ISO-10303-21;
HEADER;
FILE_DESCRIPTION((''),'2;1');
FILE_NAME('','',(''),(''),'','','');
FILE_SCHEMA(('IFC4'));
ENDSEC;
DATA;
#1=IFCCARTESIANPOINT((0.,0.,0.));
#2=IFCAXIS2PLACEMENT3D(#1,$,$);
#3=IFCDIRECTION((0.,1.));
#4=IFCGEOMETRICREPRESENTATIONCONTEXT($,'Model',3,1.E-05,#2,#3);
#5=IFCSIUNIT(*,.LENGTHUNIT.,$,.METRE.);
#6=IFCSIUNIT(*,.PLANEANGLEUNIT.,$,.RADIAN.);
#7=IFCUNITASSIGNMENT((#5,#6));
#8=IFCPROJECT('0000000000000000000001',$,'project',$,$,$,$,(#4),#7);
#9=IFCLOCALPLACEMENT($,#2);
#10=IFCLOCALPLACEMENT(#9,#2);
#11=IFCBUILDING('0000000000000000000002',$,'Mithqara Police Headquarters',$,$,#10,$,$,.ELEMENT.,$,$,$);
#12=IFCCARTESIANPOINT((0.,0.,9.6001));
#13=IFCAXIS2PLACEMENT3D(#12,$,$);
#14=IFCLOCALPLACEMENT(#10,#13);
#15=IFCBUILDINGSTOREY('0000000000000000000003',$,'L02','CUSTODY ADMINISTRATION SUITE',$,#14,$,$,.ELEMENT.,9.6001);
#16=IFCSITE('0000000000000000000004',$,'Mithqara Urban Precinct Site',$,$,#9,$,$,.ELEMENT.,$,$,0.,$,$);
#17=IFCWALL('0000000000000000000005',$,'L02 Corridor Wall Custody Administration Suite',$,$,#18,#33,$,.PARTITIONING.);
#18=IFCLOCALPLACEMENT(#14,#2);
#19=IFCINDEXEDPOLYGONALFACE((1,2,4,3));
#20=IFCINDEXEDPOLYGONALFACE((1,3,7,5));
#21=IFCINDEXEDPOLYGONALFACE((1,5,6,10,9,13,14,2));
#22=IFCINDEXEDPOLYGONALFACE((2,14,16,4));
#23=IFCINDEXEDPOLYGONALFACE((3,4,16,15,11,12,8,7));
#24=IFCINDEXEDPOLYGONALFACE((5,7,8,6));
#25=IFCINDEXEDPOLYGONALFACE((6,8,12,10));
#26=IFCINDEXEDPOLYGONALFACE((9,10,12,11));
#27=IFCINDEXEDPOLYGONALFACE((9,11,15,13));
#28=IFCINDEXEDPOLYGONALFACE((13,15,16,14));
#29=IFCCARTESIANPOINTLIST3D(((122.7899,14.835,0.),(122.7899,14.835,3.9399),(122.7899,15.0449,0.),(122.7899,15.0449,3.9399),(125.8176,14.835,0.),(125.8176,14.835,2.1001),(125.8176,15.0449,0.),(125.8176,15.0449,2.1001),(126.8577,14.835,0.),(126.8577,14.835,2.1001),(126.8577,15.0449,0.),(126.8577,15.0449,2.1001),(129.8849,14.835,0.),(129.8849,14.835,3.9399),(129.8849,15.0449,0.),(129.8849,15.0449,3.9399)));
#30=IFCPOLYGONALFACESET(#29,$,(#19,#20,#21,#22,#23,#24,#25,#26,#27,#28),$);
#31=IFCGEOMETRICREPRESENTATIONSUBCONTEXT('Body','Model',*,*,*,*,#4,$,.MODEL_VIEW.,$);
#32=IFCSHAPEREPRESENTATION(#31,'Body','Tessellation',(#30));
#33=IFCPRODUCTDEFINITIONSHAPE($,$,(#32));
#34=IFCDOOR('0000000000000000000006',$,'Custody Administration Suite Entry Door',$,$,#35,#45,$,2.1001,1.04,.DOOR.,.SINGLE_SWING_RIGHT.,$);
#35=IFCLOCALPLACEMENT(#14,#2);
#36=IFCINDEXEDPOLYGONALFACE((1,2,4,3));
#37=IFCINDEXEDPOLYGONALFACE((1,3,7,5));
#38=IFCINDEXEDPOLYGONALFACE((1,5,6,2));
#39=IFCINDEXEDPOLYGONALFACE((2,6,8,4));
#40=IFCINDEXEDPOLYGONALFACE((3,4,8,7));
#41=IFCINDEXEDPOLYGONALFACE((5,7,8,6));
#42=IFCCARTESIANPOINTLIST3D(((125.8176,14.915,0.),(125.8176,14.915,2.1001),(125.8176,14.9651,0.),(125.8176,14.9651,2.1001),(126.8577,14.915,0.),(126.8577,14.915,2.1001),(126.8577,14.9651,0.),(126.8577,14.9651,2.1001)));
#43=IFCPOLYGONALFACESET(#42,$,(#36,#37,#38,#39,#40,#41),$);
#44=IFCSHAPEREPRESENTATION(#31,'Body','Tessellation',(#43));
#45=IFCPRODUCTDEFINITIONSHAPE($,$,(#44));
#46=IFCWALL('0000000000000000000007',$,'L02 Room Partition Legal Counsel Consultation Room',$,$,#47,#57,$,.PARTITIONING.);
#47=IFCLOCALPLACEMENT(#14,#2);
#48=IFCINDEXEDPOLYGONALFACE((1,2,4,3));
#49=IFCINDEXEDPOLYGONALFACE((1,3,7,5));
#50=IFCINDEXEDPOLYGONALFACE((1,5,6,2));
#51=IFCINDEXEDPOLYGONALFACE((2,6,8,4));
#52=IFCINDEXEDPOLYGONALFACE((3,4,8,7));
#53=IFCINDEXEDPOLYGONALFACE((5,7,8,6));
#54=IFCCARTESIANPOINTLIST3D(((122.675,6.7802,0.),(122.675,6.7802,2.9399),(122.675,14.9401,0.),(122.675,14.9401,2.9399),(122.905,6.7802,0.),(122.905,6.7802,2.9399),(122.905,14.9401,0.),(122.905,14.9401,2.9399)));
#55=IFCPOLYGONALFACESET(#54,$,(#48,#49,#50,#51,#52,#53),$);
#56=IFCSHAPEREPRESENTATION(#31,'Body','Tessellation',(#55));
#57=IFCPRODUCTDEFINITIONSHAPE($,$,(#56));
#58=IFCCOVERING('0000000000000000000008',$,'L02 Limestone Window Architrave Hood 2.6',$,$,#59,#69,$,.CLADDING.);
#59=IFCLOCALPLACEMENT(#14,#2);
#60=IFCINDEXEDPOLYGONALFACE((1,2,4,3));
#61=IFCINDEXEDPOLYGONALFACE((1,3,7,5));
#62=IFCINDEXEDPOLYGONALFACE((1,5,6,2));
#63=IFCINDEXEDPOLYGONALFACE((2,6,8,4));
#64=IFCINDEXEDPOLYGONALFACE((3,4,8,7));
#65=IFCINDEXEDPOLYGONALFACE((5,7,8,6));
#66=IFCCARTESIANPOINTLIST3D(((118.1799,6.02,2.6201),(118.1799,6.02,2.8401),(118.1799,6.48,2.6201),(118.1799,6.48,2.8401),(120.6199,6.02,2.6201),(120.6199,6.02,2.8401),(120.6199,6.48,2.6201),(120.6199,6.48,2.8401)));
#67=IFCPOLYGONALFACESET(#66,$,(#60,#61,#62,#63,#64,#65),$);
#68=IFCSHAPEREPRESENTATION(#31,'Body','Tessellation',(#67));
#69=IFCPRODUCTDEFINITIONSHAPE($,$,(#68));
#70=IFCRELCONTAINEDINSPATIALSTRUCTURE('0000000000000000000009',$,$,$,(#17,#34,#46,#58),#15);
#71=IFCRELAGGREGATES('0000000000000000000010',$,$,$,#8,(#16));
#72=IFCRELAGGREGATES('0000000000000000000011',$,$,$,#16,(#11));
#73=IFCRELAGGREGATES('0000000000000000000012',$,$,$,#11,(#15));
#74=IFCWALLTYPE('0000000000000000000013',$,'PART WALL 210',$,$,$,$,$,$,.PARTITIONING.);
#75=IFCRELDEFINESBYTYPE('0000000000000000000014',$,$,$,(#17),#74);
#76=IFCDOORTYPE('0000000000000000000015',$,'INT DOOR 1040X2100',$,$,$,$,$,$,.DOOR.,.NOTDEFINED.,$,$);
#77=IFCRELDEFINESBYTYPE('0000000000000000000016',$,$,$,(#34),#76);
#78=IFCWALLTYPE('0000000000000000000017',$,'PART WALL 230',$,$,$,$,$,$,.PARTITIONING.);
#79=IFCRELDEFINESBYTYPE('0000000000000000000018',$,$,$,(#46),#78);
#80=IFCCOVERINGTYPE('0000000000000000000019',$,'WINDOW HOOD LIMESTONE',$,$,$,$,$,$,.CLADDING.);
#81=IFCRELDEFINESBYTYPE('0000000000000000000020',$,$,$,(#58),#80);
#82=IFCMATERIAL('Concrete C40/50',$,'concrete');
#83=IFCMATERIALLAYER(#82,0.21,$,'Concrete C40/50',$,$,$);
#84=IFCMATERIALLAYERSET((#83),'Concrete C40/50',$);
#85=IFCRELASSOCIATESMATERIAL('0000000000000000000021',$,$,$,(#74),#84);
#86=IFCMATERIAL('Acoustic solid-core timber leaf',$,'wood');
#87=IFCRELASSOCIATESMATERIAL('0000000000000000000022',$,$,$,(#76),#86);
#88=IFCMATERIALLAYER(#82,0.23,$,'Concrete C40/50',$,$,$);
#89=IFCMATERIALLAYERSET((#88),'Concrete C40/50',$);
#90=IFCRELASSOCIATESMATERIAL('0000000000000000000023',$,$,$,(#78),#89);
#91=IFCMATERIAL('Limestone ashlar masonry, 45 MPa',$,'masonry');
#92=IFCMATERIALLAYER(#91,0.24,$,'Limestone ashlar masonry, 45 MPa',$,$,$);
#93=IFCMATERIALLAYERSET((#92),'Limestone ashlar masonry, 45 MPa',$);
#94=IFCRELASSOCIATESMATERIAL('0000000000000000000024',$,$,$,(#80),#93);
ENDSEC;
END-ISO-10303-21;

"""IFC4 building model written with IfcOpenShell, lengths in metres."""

from ifc_helpers import new_model, si_unit, direction, frame, frame_2d, origin, origin_2d, place, context, subcontext, project, spatial, rectangle, extrude, material, layer, layer_set, type_object, element, fill, save


model = new_model("IFC4")

# Units and contexts
model_context = context("Model", 3, precision=1e-05, world=origin(), true_north=direction((0.0, 1.0)))
body_context = subcontext(model_context, "Body", "Model", "MODEL_VIEW")
ifc_project = project(units=[si_unit("LENGTHUNIT", "METRE"), si_unit("PLANEANGLEUNIT", "RADIAN")], contexts=[model_context])

# Site, building, storey
site_placement = place(None, origin())
site = spatial("IfcSite", under=ifc_project, at=site_placement, Name="Mithqara Urban Precinct Site", CompositionType="ELEMENT", RefElevation=0.0)
building_placement = place(site_placement, origin())
building = spatial("IfcBuilding", under=site, at=building_placement, Name="Mithqara Police Headquarters", CompositionType="ELEMENT")
storey_placement = place(building_placement, frame((0.0, 0.0, 9.6001)))
storey = spatial("IfcBuildingStorey", under=building, at=storey_placement, Name="L02", Description="CUSTODY ADMINISTRATION SUITE", CompositionType="ELEMENT", Elevation=9.6001)

# Shared definitions
ifc_material_1 = material(Name="Concrete C40/50", Category="concrete")

# Wall, opening, door
ifc_layer_1 = layer(ifc_material_1, 0.21, Name="Concrete C40/50")
ifc_layer_set_1 = layer_set([ifc_layer_1], Name="Concrete C40/50")
wall_type_1 = type_object("IfcWallType", Name="PART WALL 210", PredefinedType="PARTITIONING", material=ifc_layer_set_1)
wall_1_placement = place(storey_placement, frame((122.79, 14.9399, 0.0), z_axis=(0.0, 0.0, 1.0), x_axis=(1.0, 0.0, 0.0)))
wall_1 = element("IfcWall", 1, at=wall_1_placement, inside=storey, type_object=wall_type_1, Name="L02 Corridor Wall Custody Administration Suite", PredefinedType="PARTITIONING", context=body_context, shape_type="SweptSolid", body=[
    extrude(rectangle(XDim=7.095, YDim=0.21, at=frame_2d((3.5474, 0.0))), origin(), (0.0, 0.0, 1.0), 3.9399),
])
opening_placement = place(wall_1_placement, frame((3.0276, 0.0, 0.0)))
opening = element("IfcOpeningElement", 2, at=opening_placement, cuts=wall_1, PredefinedType="OPENING", context=body_context, shape_type="SweptSolid", body=[
    extrude(rectangle(XDim=1.04, YDim=2.1001, at=frame_2d((0.52, 1.05))), frame((0.0, 0.115, 0.0), z_axis=(0.0, -1.0, 0.0), x_axis=(1.0, 0.0, 0.0)), (0.0, 0.0, 1.0), 0.23),
])
ifc_material_2 = material(Name="Acoustic solid-core timber leaf", Category="wood")
door_type = type_object("IfcDoorType", Name="INT DOOR 1040X2100", OperationType="NOTDEFINED", PredefinedType="DOOR", material=ifc_material_2)
door_placement = place(opening_placement, frame((1.04, 0.0, 0.0), z_axis=(0.0, 0.0, 1.0), x_axis=(-1.0, 0.0, 0.0)))
door = element("IfcDoor", 3, at=door_placement, inside=storey, type_object=door_type, Name="Custody Administration Suite Entry Door", OperationType="SINGLE_SWING_RIGHT", OverallHeight=2.1001, OverallWidth=1.04, PredefinedType="DOOR", context=body_context, shape_type="SweptSolid", body=[
    extrude(rectangle(XDim=1.04, YDim=2.1001, at=frame_2d((0.52, 1.05))), frame((0.0, 0.0249, 0.0), z_axis=(0.0, -1.0, 0.0), x_axis=(1.0, 0.0, 0.0)), (0.0, 0.0, 1.0), 0.05),
])
fill(opening, door)

# Wall
ifc_layer_2 = layer(ifc_material_1, 0.23, Name="Concrete C40/50")
ifc_layer_set_2 = layer_set([ifc_layer_2], Name="Concrete C40/50")
wall_type_2 = type_object("IfcWallType", Name="PART WALL 230", PredefinedType="PARTITIONING", material=ifc_layer_set_2)
wall_2_placement = place(storey_placement, frame((122.79, 6.78, 0.0), z_axis=(0.0, 0.0, 1.0), x_axis=(0.0, 1.0, 0.0)))
element("IfcWall", 4, at=wall_2_placement, inside=storey, type_object=wall_type_2, Name="L02 Room Partition Legal Counsel Consultation Room", PredefinedType="PARTITIONING", context=body_context, shape_type="SweptSolid", body=[
    extrude(rectangle(XDim=8.1599, YDim=0.23, at=frame_2d((4.0801, 0.0))), origin(), (0.0, 0.0, 1.0), 2.9399),
])

# Covering
ifc_material_3 = material(Name="Limestone ashlar masonry, 45 MPa", Category="masonry")
ifc_layer_3 = layer(ifc_material_3, 0.24, Name="Limestone ashlar masonry, 45 MPa")
ifc_layer_set_3 = layer_set([ifc_layer_3], Name="Limestone ashlar masonry, 45 MPa")
covering_type = type_object("IfcCoveringType", Name="WINDOW HOOD LIMESTONE", PredefinedType="CLADDING", material=ifc_layer_set_3)
covering_placement = place(storey_placement, frame((119.3999, 6.25, 2.6201), z_axis=(0.0, 0.0, 1.0), x_axis=(1.0, 0.0, 0.0)))
element("IfcCovering", 5, at=covering_placement, inside=storey, type_object=covering_type, Name="L02 Limestone Window Architrave Hood 2.6", PredefinedType="CLADDING", context=body_context, shape_type="SweptSolid", body=[
    extrude(rectangle(XDim=2.4399, YDim=0.46, at=origin_2d()), origin(), (0.0, 0.0, 1.0), 0.22),
])

save(model, "model.ifc")
